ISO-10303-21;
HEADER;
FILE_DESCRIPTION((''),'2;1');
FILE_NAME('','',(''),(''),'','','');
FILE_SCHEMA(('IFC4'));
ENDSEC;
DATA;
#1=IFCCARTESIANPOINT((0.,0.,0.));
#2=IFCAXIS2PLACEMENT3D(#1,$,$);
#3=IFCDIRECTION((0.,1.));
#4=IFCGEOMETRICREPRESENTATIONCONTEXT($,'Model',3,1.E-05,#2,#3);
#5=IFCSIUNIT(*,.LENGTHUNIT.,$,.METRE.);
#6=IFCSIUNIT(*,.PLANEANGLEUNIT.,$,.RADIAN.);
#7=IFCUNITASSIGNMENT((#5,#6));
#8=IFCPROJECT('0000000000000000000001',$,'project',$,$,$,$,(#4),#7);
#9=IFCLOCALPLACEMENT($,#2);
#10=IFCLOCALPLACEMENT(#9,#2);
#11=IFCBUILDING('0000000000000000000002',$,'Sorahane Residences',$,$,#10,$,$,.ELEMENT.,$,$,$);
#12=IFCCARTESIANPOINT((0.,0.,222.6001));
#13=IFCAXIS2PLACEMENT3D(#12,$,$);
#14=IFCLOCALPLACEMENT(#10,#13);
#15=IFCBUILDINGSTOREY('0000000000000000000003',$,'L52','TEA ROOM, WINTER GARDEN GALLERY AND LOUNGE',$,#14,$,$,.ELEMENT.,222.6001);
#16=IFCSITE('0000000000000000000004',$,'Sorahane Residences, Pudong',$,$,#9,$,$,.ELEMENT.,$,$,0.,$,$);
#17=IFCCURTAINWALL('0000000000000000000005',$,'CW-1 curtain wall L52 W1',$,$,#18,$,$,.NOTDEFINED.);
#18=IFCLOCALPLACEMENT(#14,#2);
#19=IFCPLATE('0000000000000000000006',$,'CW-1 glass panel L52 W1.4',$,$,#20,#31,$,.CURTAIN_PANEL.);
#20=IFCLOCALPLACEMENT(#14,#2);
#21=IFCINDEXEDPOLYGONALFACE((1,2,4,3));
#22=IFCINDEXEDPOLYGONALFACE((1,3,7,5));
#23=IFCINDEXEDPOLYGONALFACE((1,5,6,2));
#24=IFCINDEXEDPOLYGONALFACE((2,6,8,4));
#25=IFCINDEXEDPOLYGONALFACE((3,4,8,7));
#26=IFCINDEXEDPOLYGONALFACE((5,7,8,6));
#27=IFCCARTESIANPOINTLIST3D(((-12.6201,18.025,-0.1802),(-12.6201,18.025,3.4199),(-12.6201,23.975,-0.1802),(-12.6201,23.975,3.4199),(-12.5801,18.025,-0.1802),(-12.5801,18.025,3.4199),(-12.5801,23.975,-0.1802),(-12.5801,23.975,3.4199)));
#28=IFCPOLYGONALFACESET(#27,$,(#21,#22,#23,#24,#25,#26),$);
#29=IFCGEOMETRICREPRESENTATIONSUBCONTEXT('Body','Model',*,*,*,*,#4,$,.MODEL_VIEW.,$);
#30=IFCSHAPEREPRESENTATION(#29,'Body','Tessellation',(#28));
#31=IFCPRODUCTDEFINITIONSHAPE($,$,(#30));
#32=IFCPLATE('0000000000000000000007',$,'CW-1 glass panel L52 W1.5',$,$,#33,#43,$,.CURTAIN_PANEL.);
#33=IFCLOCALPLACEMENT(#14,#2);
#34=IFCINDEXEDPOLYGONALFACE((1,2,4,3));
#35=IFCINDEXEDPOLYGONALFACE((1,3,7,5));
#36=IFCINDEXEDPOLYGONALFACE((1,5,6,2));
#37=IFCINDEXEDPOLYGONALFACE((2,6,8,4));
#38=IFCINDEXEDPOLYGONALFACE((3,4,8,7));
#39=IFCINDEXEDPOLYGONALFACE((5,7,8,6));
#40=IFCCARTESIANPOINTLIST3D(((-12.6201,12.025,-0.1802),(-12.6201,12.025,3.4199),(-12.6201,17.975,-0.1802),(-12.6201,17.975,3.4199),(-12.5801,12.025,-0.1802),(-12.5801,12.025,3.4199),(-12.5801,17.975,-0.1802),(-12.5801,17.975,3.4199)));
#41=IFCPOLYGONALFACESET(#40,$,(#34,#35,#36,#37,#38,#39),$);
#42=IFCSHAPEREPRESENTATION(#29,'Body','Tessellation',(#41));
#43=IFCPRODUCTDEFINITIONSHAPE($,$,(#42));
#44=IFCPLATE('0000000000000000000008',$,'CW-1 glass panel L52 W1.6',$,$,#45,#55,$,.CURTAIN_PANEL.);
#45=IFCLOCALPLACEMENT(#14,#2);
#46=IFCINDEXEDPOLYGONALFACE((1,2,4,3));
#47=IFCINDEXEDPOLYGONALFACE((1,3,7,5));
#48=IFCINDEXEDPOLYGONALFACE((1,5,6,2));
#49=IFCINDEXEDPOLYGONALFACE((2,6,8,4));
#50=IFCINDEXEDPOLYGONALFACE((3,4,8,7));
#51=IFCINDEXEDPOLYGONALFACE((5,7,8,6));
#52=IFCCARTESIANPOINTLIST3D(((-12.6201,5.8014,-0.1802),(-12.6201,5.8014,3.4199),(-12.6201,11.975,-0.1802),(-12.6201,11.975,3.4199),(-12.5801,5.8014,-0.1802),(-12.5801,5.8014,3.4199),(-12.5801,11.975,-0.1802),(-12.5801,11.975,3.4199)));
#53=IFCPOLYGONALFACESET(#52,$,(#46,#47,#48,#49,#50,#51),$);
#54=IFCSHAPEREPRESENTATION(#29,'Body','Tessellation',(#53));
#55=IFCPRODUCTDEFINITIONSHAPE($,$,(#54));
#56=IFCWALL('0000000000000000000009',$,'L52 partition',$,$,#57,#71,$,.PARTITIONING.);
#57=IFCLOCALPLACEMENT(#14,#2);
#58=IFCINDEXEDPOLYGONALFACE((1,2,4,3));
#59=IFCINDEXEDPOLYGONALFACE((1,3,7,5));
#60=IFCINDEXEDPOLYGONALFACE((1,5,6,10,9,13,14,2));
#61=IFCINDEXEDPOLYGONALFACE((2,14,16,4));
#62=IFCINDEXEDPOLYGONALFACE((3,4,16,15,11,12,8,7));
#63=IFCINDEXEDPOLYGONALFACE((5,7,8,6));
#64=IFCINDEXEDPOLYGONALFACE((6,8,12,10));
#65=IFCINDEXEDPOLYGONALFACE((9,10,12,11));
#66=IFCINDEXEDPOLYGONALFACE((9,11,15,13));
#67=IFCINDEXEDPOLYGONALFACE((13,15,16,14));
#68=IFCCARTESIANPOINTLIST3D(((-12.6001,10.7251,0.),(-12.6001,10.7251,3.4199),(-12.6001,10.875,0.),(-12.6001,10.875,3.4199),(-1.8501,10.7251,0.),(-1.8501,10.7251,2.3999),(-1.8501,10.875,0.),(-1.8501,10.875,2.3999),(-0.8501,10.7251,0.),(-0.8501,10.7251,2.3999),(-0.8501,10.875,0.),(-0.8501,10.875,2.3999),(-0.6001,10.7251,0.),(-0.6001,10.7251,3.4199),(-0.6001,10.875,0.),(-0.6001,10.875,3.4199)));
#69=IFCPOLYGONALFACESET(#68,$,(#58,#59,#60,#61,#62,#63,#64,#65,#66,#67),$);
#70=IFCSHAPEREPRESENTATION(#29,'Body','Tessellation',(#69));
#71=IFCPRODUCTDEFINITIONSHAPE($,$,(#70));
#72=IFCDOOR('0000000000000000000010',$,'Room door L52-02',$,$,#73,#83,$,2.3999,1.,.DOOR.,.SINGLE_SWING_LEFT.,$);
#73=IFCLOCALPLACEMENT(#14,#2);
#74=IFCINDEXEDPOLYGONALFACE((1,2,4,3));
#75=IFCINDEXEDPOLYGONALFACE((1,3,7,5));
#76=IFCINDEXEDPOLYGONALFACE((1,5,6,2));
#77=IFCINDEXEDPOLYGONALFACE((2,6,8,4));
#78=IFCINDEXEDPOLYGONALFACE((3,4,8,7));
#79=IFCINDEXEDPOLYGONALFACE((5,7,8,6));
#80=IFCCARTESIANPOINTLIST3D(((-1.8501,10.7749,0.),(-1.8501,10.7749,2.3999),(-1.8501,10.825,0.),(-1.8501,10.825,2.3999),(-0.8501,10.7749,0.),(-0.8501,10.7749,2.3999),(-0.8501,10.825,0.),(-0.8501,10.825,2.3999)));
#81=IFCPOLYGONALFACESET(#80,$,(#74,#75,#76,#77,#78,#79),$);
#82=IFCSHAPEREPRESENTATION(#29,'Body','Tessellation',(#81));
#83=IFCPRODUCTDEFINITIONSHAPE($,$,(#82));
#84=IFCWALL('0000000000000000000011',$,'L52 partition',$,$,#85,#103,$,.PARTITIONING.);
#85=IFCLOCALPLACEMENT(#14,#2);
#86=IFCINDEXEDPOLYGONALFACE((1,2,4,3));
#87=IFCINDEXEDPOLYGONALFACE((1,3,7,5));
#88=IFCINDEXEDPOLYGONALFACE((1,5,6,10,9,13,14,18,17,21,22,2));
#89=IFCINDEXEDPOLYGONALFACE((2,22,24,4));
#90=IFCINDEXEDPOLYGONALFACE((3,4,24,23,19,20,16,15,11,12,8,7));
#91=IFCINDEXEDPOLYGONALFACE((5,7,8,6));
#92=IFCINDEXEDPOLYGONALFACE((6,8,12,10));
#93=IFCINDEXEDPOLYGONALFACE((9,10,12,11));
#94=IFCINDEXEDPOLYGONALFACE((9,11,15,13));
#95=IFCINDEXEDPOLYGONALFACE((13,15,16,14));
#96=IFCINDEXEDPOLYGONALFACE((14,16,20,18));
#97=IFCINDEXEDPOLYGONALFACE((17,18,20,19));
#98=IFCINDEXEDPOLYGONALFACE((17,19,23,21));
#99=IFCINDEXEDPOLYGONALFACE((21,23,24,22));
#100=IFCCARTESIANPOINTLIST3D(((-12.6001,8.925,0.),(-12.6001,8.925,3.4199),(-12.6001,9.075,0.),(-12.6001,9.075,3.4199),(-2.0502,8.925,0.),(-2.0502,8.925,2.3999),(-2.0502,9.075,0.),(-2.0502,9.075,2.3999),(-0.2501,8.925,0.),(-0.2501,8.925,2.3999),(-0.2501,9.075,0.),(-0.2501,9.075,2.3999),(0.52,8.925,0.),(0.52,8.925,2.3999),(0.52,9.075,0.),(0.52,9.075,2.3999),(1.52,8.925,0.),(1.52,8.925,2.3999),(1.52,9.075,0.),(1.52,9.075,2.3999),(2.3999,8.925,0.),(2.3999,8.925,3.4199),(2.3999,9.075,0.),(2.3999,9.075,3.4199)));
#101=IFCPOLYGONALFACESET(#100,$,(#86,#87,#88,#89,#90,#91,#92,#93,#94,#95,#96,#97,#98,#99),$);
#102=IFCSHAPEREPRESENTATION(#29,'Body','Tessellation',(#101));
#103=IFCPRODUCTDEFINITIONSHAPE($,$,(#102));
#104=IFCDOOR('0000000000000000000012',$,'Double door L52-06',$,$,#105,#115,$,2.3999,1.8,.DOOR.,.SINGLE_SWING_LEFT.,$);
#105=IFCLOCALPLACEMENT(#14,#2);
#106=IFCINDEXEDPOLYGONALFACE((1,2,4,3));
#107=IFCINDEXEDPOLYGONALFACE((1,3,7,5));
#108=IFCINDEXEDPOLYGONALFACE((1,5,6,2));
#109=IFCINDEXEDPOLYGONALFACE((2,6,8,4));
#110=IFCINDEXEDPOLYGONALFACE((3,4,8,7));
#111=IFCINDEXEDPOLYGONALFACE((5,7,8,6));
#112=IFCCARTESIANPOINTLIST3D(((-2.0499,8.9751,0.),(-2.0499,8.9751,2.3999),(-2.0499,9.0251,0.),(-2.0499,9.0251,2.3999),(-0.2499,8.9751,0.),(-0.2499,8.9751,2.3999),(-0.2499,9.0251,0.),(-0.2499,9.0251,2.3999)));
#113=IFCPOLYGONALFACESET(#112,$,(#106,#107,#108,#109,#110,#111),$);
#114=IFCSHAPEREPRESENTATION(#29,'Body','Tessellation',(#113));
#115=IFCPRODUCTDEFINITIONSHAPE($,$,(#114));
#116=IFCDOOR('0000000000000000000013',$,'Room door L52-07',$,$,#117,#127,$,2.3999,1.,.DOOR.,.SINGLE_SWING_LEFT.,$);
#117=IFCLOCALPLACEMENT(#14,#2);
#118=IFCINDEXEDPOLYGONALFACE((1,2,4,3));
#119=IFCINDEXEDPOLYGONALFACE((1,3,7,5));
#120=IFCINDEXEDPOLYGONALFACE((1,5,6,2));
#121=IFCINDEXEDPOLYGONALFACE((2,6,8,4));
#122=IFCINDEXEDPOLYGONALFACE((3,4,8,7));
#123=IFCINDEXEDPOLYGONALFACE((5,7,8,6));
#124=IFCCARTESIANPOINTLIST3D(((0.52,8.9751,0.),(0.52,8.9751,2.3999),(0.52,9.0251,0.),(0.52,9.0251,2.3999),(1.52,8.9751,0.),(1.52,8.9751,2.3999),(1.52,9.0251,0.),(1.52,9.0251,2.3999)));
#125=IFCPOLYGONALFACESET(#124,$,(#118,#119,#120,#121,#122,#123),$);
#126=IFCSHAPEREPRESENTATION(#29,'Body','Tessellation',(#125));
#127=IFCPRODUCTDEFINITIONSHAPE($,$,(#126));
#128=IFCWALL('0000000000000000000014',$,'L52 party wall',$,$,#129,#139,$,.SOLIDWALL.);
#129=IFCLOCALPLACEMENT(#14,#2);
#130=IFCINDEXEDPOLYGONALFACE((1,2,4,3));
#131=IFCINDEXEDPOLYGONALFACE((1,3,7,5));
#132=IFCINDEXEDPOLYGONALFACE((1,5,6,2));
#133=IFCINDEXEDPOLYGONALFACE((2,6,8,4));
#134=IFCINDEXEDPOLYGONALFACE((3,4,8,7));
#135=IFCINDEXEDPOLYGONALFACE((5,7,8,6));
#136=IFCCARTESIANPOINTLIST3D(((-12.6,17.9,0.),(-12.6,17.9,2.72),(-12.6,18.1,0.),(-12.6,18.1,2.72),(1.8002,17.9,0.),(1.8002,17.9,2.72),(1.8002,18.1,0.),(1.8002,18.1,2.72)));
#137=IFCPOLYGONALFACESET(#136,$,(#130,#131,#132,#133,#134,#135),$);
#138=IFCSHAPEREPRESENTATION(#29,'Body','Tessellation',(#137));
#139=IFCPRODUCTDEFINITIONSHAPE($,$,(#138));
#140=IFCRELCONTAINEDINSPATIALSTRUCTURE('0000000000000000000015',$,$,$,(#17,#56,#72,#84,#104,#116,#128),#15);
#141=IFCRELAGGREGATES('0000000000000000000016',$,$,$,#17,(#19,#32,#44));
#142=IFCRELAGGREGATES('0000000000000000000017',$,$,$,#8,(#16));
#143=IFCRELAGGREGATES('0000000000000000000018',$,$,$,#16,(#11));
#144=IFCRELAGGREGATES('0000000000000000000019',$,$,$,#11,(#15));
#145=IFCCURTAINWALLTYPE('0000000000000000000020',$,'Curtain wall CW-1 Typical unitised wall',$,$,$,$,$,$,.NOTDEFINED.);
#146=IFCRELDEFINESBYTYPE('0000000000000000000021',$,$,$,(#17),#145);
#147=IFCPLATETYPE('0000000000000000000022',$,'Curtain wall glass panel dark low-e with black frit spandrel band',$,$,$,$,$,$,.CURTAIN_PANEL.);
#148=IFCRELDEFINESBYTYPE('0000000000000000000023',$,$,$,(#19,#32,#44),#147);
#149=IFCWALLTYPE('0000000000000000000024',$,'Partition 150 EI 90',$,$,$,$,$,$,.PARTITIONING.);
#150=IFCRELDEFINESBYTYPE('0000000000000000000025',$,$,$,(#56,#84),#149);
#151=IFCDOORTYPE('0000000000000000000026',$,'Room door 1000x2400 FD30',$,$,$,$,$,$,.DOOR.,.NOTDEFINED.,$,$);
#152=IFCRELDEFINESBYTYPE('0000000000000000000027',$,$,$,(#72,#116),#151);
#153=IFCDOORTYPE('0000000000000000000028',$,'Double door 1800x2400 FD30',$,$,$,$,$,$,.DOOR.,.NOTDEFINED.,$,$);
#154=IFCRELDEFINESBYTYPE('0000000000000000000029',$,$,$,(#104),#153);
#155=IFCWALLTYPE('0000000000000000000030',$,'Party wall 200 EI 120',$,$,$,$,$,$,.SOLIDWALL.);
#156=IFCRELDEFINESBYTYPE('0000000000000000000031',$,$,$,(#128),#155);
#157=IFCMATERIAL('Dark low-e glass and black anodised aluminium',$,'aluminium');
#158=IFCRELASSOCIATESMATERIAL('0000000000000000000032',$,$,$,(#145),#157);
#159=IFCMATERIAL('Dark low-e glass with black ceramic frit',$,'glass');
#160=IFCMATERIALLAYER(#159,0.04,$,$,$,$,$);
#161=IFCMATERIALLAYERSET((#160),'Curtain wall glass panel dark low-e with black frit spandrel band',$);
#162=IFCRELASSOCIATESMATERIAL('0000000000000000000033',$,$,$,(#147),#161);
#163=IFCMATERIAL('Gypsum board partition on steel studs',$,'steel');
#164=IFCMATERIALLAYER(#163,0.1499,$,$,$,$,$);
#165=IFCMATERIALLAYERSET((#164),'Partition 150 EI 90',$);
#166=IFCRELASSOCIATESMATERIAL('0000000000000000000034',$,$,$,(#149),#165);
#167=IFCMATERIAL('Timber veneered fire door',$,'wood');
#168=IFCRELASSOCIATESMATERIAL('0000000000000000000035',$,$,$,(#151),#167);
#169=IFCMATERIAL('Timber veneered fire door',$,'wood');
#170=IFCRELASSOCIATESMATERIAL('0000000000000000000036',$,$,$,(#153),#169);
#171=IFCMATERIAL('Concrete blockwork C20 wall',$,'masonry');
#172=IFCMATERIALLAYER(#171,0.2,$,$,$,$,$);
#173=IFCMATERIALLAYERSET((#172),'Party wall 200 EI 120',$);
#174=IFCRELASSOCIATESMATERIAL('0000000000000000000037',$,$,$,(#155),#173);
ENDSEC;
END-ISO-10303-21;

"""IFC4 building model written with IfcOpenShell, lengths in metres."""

from ifc_helpers import new_model, si_unit, direction, frame, frame_2d, origin, origin_2d, place, context, subcontext, project, spatial, rectangle, extrude, material, layer, layer_set, type_object, element, fill, aggregate, save


model = new_model("IFC4")

# Units and contexts
model_context = context("Model", 3, precision=1e-05, world=origin(), true_north=direction((0.0, 1.0)))
body_context = subcontext(model_context, "Body", "Model", "MODEL_VIEW")
ifc_project = project(units=[si_unit("LENGTHUNIT", "METRE"), si_unit("PLANEANGLEUNIT", "RADIAN")], contexts=[model_context])

# Site, building, storey
site_placement = place(None, origin())
site = spatial("IfcSite", under=ifc_project, at=site_placement, Name="Sorahane Residences, Pudong", CompositionType="ELEMENT", RefElevation=0.0)
building_placement = place(site_placement, origin())
building = spatial("IfcBuilding", under=site, at=building_placement, Name="Sorahane Residences", CompositionType="ELEMENT")
storey_placement = place(building_placement, frame((0.0, 0.0, 222.6001)))
storey = spatial("IfcBuildingStorey", under=building, at=storey_placement, Name="L52", Description="TEA ROOM, WINTER GARDEN GALLERY AND LOUNGE", CompositionType="ELEMENT", Elevation=222.6001)

# Curtain wall
ifc_material_1 = material(Name="Dark low-e glass and black anodised aluminium", Category="aluminium")
curtain_wall_type = type_object("IfcCurtainWallType", Name="Curtain wall CW-1 Typical unitised wall", PredefinedType="NOTDEFINED", material=ifc_material_1)
curtain_wall_placement = place(storey_placement, origin())
curtain_wall = element("IfcCurtainWall", 1, at=curtain_wall_placement, inside=storey, type_object=curtain_wall_type, Name="CW-1 curtain wall L52 W1", PredefinedType="NOTDEFINED")

# Plates
ifc_material_2 = material(Name="Dark low-e glass with black ceramic frit", Category="glass")
ifc_layer_1 = layer(ifc_material_2, 0.04)
ifc_layer_set_1 = layer_set([ifc_layer_1], Name="Curtain wall glass panel dark low-e with black frit spandrel band")
plate_type = type_object("IfcPlateType", Name="Curtain wall glass panel dark low-e with black frit spandrel band", PredefinedType="CURTAIN_PANEL", material=ifc_layer_set_1)
plate_1_placement = place(storey_placement, frame((-12.6001, 21.0, -0.1802), z_axis=(0.0, 0.0, 1.0), x_axis=(0.0, -1.0, 0.0)))
plate_1 = element("IfcPlate", 2, at=plate_1_placement, type_object=plate_type, Name="CW-1 glass panel L52 W1.4", PredefinedType="CURTAIN_PANEL", context=body_context, shape_type="SweptSolid", body=[
    extrude(rectangle(XDim=5.95, YDim=0.04, at=origin_2d()), origin(), (0.0, 0.0, 1.0), 3.6001),
])
plate_2_placement = place(storey_placement, frame((-12.6001, 15.0, -0.1802), z_axis=(0.0, 0.0, 1.0), x_axis=(0.0, -1.0, 0.0)))
plate_2 = element("IfcPlate", 3, at=plate_2_placement, type_object=plate_type, Name="CW-1 glass panel L52 W1.5", PredefinedType="CURTAIN_PANEL", context=body_context, shape_type="SweptSolid", body=[
    extrude(rectangle(XDim=5.95, YDim=0.04, at=origin_2d()), origin(), (0.0, 0.0, 1.0), 3.6001),
])
plate_3_placement = place(storey_placement, frame((-12.6001, 8.8882, -0.1802), z_axis=(0.0, 0.0, 1.0), x_axis=(0.0, -1.0, 0.0)))
plate_3 = element("IfcPlate", 4, at=plate_3_placement, type_object=plate_type, Name="CW-1 glass panel L52 W1.6", PredefinedType="CURTAIN_PANEL", context=body_context, shape_type="SweptSolid", body=[
    extrude(rectangle(XDim=6.1736, YDim=0.04, at=origin_2d()), origin(), (0.0, 0.0, 1.0), 3.6001),
])
aggregate(curtain_wall, [plate_1, plate_2, plate_3])

# Wall, opening, door
ifc_material_3 = material(Name="Gypsum board partition on steel studs", Category="steel")
ifc_layer_2 = layer(ifc_material_3, 0.1499)
ifc_layer_set_2 = layer_set([ifc_layer_2], Name="Partition 150 EI 90")
wall_type_1 = type_object("IfcWallType", Name="Partition 150 EI 90", PredefinedType="PARTITIONING", material=ifc_layer_set_2)
wall_1_placement = place(storey_placement, frame((-12.6001, 10.8, 0.0), z_axis=(0.0, 0.0, 1.0), x_axis=(1.0, 0.0, 0.0)))
wall_1 = element("IfcWall", 5, at=wall_1_placement, inside=storey, type_object=wall_type_1, Name="L52 partition", PredefinedType="PARTITIONING", context=body_context, shape_type="SweptSolid", body=[
    extrude(rectangle(XDim=12.0, YDim=0.1499, at=frame_2d((6.0, 0.0))), origin(), (0.0, 0.0, 1.0), 3.4199),
])
opening_1_placement = place(wall_1_placement, frame((10.75, 0.0, 0.0)))
opening_1 = element("IfcOpeningElement", 6, at=opening_1_placement, cuts=wall_1, PredefinedType="OPENING", context=body_context, shape_type="SweptSolid", body=[
    extrude(rectangle(XDim=1.0, YDim=2.3999, at=frame_2d((0.5, 1.2))), frame((0.0, 0.085, 0.0), z_axis=(0.0, -1.0, 0.0), x_axis=(1.0, 0.0, 0.0)), (0.0, 0.0, 1.0), 0.1699),
])
ifc_material_4 = material(Name="Timber veneered fire door", Category="wood")
door_type_1 = type_object("IfcDoorType", Name="Room door 1000x2400 FD30", OperationType="NOTDEFINED", PredefinedType="DOOR", material=ifc_material_4)
door_1_placement = place(opening_1_placement, origin())
door_1 = element("IfcDoor", 7, at=door_1_placement, inside=storey, type_object=door_type_1, Name="Room door L52-02", OperationType="SINGLE_SWING_LEFT", OverallHeight=2.3999, OverallWidth=1.0, PredefinedType="DOOR", context=body_context, shape_type="SweptSolid", body=[
    extrude(rectangle(XDim=1.0, YDim=2.3999, at=frame_2d((0.5, 1.2))), frame((0.0, 0.0249, 0.0), z_axis=(0.0, -1.0, 0.0), x_axis=(1.0, 0.0, 0.0)), (0.0, 0.0, 1.0), 0.05),
])
fill(opening_1, door_1)

# Wall, openings, doors
wall_2_placement = place(storey_placement, frame((-12.6001, 9.0, 0.0), z_axis=(0.0, 0.0, 1.0), x_axis=(1.0, 0.0, 0.0)))
wall_2 = element("IfcWall", 8, at=wall_2_placement, inside=storey, type_object=wall_type_1, Name="L52 partition", PredefinedType="PARTITIONING", context=body_context, shape_type="SweptSolid", body=[
    extrude(rectangle(XDim=15.0, YDim=0.1499, at=frame_2d((7.5, 0.0))), origin(), (0.0, 0.0, 1.0), 3.4199),
])
opening_2_placement = place(wall_2_placement, frame((10.55, 0.0, 0.0)))
opening_2 = element("IfcOpeningElement", 9, at=opening_2_placement, cuts=wall_2, PredefinedType="OPENING", context=body_context, shape_type="SweptSolid", body=[
    extrude(rectangle(XDim=1.8, YDim=2.3999, at=frame_2d((0.8999, 1.2))), frame((0.0, 0.085, 0.0), z_axis=(0.0, -1.0, 0.0), x_axis=(1.0, 0.0, 0.0)), (0.0, 0.0, 1.0), 0.1699),
])
opening_3_placement = place(wall_2_placement, frame((13.1201, 0.0, 0.0)))
opening_3 = element("IfcOpeningElement", 10, at=opening_3_placement, cuts=wall_2, PredefinedType="OPENING", context=body_context, shape_type="SweptSolid", body=[
    extrude(rectangle(XDim=1.0, YDim=2.3999, at=frame_2d((0.5, 1.2))), frame((0.0, 0.085, 0.0), z_axis=(0.0, -1.0, 0.0), x_axis=(1.0, 0.0, 0.0)), (0.0, 0.0, 1.0), 0.1699),
])
ifc_material_5 = material(Name="Timber veneered fire door", Category="wood")
door_type_2 = type_object("IfcDoorType", Name="Double door 1800x2400 FD30", OperationType="NOTDEFINED", PredefinedType="DOOR", material=ifc_material_5)
door_2_placement = place(opening_2_placement, frame((1.8, 0.0, 0.0), z_axis=(0.0, 0.0, 1.0), x_axis=(-1.0, 0.0, 0.0)))
door_2 = element("IfcDoor", 11, at=door_2_placement, inside=storey, type_object=door_type_2, Name="Double door L52-06", OperationType="SINGLE_SWING_LEFT", OverallHeight=2.3999, OverallWidth=1.8, PredefinedType="DOOR", context=body_context, shape_type="SweptSolid", body=[
    extrude(rectangle(XDim=1.8, YDim=2.3999, at=frame_2d((0.8999, 1.2))), frame((0.0, 0.0249, 0.0), z_axis=(0.0, -1.0, 0.0), x_axis=(1.0, 0.0, 0.0)), (0.0, 0.0, 1.0), 0.05),
])
fill(opening_2, door_2)
door_3_placement = place(opening_3_placement, frame((1.0, 0.0, 0.0), z_axis=(0.0, 0.0, 1.0), x_axis=(-1.0, 0.0, 0.0)))
door_3 = element("IfcDoor", 12, at=door_3_placement, inside=storey, type_object=door_type_1, Name="Room door L52-07", OperationType="SINGLE_SWING_LEFT", OverallHeight=2.3999, OverallWidth=1.0, PredefinedType="DOOR", context=body_context, shape_type="SweptSolid", body=[
    extrude(rectangle(XDim=1.0, YDim=2.3999, at=frame_2d((0.5, 1.2))), frame((0.0, 0.0249, 0.0), z_axis=(0.0, -1.0, 0.0), x_axis=(1.0, 0.0, 0.0)), (0.0, 0.0, 1.0), 0.05),
])
fill(opening_3, door_3)

# Wall
ifc_material_6 = material(Name="Concrete blockwork C20 wall", Category="masonry")
ifc_layer_3 = layer(ifc_material_6, 0.2)
ifc_layer_set_3 = layer_set([ifc_layer_3], Name="Party wall 200 EI 120")
wall_type_2 = type_object("IfcWallType", Name="Party wall 200 EI 120", PredefinedType="SOLIDWALL", material=ifc_layer_set_3)
wall_3_placement = place(storey_placement, frame((-12.6001, 18.0, 0.0), z_axis=(0.0, 0.0, 1.0), x_axis=(1.0, 0.0, 0.0)))
element("IfcWall", 13, at=wall_3_placement, inside=storey, type_object=wall_type_2, Name="L52 party wall", PredefinedType="SOLIDWALL", context=body_context, shape_type="SweptSolid", body=[
    extrude(rectangle(XDim=14.4001, YDim=0.2, at=frame_2d((7.2002, 0.0))), origin(), (0.0, 0.0, 1.0), 2.72),
])

save(model, "model.ifc")
